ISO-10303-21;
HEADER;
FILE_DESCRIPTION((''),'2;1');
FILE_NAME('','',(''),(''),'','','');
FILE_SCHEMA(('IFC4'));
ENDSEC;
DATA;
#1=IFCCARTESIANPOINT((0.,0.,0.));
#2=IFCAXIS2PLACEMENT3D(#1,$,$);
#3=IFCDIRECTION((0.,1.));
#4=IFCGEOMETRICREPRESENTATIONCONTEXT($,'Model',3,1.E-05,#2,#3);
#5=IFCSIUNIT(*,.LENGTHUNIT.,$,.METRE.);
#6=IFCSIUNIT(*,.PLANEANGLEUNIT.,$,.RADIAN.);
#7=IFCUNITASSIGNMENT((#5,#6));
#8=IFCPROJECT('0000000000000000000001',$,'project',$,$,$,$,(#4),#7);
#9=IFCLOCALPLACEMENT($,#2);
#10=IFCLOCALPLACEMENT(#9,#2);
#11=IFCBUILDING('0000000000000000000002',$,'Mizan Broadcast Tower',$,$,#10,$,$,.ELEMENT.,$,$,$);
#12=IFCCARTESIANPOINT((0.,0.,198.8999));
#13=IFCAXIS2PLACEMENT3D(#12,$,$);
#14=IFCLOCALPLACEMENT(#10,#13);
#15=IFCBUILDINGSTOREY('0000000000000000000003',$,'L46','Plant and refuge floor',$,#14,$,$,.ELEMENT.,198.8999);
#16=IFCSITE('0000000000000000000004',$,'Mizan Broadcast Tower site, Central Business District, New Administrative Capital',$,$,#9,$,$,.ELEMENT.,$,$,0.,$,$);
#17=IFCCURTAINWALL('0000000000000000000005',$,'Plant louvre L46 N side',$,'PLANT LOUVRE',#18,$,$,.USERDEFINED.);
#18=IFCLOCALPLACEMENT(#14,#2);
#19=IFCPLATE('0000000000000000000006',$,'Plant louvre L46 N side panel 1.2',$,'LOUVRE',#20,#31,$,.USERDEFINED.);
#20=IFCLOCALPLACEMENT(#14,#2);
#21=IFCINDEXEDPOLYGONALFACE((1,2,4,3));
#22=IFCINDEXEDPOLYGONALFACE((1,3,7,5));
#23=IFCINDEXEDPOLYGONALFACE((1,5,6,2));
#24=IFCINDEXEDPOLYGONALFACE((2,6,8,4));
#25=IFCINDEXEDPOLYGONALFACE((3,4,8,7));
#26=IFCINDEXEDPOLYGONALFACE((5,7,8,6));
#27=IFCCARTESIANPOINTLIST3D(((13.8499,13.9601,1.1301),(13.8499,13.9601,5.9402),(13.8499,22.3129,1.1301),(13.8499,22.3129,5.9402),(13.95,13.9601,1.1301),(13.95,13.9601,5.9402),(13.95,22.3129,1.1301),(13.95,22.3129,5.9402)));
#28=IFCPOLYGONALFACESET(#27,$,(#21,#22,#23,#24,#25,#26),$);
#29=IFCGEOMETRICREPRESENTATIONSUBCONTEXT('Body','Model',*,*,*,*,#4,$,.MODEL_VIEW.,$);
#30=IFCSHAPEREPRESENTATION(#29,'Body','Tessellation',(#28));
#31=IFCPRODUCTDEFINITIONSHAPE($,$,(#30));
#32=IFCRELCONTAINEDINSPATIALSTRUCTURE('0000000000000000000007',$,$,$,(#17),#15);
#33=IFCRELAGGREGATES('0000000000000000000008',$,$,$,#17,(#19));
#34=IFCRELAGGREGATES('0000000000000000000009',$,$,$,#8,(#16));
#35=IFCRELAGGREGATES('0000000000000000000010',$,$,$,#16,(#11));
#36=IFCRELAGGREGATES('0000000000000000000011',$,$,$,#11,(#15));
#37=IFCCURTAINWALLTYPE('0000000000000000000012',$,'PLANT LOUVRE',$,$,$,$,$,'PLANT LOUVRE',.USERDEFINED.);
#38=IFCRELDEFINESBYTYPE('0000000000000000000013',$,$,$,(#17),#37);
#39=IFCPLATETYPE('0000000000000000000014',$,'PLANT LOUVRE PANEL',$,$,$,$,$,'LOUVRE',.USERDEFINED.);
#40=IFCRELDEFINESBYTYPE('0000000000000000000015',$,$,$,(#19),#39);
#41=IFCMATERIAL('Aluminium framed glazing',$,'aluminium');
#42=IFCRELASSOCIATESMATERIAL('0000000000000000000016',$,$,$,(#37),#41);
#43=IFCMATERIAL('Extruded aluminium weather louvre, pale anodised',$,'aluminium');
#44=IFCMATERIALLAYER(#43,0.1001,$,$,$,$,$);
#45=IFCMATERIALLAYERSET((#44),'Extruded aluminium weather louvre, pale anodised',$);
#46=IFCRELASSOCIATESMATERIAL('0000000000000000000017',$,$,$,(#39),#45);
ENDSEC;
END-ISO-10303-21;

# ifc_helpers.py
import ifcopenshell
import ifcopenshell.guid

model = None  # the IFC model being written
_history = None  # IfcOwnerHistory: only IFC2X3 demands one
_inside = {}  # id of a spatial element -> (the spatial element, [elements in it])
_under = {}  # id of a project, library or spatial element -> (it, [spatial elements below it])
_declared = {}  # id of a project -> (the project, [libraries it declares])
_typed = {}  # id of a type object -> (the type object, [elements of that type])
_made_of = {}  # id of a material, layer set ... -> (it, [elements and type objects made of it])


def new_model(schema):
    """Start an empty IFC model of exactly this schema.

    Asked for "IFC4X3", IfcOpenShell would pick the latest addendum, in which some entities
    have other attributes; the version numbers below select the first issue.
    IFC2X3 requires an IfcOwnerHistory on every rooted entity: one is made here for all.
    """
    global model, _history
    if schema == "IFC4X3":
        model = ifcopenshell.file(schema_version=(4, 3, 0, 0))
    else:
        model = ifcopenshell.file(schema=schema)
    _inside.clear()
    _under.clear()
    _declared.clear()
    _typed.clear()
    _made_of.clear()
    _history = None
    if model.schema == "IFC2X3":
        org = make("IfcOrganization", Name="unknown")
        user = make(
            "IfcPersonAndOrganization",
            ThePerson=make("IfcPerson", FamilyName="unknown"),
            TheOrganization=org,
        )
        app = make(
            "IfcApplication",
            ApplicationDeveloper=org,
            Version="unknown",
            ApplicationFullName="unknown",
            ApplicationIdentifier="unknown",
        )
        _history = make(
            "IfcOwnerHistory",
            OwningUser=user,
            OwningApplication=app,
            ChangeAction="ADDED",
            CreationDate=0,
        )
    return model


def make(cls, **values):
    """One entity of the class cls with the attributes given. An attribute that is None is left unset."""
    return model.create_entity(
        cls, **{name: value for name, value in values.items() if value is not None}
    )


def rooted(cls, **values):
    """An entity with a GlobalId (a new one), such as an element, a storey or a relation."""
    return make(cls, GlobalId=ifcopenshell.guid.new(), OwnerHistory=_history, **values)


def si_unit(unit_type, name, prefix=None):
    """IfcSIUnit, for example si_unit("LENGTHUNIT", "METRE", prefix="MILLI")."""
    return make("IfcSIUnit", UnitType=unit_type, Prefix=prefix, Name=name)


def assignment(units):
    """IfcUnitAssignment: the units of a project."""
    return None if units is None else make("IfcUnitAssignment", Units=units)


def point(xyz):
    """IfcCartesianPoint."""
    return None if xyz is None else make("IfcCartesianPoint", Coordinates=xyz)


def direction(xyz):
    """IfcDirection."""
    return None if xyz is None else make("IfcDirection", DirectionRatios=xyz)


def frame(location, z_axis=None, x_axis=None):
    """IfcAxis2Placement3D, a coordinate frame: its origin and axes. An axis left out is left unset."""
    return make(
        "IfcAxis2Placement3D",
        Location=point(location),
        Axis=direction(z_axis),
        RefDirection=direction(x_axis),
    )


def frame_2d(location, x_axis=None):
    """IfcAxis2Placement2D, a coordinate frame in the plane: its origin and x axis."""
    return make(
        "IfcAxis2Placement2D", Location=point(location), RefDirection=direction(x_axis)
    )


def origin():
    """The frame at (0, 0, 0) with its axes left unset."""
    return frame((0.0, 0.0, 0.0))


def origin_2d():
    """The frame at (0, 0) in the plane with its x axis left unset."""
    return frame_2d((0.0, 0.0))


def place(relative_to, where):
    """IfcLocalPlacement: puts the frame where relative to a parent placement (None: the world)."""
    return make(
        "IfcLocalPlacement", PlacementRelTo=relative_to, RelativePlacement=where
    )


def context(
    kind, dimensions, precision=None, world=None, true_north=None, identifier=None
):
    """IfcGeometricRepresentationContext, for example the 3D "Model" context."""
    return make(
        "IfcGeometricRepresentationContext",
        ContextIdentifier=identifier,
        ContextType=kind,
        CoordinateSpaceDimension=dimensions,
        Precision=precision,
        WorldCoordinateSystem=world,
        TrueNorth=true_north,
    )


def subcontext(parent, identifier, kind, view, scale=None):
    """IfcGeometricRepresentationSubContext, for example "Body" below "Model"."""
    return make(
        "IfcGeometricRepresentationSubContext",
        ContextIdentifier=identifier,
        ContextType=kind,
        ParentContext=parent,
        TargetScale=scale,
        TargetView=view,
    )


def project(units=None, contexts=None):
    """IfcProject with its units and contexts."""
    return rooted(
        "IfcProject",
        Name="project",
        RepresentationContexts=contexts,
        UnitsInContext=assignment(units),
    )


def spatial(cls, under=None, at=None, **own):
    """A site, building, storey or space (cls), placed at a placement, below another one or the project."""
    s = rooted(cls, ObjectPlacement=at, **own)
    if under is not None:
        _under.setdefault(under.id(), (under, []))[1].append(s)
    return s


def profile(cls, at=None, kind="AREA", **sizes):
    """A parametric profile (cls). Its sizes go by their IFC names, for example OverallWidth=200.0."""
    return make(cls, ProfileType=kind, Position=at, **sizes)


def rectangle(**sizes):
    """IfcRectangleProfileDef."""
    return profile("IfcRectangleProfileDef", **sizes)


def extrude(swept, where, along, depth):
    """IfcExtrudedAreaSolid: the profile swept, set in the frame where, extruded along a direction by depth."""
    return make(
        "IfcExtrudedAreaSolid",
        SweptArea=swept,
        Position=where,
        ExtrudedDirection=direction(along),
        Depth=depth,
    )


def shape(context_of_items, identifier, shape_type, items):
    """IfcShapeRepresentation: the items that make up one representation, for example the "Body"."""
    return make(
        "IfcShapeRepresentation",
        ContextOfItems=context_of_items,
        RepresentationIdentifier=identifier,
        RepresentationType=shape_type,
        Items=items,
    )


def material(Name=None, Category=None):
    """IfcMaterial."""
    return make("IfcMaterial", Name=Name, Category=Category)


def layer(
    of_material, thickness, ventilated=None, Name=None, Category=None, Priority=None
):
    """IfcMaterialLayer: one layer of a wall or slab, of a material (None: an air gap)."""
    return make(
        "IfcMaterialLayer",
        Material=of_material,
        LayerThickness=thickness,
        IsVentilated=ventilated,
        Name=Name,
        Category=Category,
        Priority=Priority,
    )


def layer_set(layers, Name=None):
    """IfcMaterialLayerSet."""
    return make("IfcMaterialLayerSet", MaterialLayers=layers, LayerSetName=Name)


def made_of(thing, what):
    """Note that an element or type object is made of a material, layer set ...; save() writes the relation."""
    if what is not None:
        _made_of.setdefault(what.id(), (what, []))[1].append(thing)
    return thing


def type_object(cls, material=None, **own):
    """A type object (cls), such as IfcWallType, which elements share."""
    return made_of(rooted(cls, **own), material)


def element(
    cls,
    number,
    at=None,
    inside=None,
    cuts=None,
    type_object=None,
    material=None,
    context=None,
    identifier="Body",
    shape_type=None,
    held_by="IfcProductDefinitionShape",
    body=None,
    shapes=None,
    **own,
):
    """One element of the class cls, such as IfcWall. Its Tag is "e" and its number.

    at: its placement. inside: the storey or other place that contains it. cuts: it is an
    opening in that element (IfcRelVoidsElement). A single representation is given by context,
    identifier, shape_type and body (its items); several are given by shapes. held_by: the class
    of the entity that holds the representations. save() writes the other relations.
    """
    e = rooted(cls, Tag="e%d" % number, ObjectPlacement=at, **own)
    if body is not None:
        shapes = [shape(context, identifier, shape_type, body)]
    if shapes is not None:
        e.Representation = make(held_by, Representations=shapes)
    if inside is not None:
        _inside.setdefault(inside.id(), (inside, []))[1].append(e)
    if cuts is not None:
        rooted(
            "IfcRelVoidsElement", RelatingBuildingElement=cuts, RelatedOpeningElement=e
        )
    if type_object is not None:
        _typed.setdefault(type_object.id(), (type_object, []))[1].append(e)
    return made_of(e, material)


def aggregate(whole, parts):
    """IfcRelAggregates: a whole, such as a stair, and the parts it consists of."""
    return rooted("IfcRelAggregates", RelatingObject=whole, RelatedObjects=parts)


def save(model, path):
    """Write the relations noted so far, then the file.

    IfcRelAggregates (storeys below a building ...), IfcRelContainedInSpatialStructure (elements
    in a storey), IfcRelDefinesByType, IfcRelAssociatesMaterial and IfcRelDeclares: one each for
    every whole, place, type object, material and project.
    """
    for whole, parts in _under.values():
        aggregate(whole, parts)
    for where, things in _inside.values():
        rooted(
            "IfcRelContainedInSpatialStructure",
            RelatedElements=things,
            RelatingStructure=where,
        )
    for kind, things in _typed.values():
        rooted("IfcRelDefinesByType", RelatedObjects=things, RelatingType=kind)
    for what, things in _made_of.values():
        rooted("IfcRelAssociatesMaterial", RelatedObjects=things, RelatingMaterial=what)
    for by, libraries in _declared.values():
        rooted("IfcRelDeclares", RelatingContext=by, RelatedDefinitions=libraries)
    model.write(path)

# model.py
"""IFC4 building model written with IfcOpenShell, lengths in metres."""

from ifc_helpers import new_model, si_unit, direction, frame, origin, origin_2d, place, context, subcontext, project, spatial, rectangle, extrude, material, layer, layer_set, type_object, element, aggregate, save


model = new_model("IFC4")

# Units and contexts
model_context = context("Model", 3, precision=1e-05, world=origin(), true_north=direction((0.0, 1.0)))
body_context = subcontext(model_context, "Body", "Model", "MODEL_VIEW")
ifc_project = project(units=[si_unit("LENGTHUNIT", "METRE"), si_unit("PLANEANGLEUNIT", "RADIAN")], contexts=[model_context])

# Site, building, storey
site_placement = place(None, origin())
site = spatial("IfcSite", under=ifc_project, at=site_placement, Name="Mizan Broadcast Tower site, Central Business District, New Administrative Capital", CompositionType="ELEMENT", RefElevation=0.0)
building_placement = place(site_placement, origin())
building = spatial("IfcBuilding", under=site, at=building_placement, Name="Mizan Broadcast Tower", CompositionType="ELEMENT")
storey_placement = place(building_placement, frame((0.0, 0.0, 198.8999)))
storey = spatial("IfcBuildingStorey", under=building, at=storey_placement, Name="L46", Description="Plant and refuge floor", CompositionType="ELEMENT", Elevation=198.8999)

# Shared definitions
ifc_material_1 = material(Name="Aluminium framed glazing", Category="aluminium")
curtain_wall_type = type_object("IfcCurtainWallType", Name="PLANT LOUVRE", ElementType="PLANT LOUVRE", PredefinedType="USERDEFINED", material=ifc_material_1)

# Curtain wall
curtain_wall_1_placement = place(storey_placement, origin())
curtain_wall_1 = element("IfcCurtainWall", 1, at=curtain_wall_1_placement, inside=storey, type_object=curtain_wall_type, Name="Plant louvre L46 N side", ObjectType="PLANT LOUVRE", PredefinedType="USERDEFINED")

# Plate
ifc_material_2 = material(Name="Extruded aluminium weather louvre, pale anodised", Category="aluminium")
ifc_layer = layer(ifc_material_2, 0.1001)
ifc_layer_set = layer_set([ifc_layer], Name="Extruded aluminium weather louvre, pale anodised")
plate_type = type_object("IfcPlateType", Name="PLANT LOUVRE PANEL", ElementType="LOUVRE", PredefinedType="USERDEFINED", material=ifc_layer_set)
plate_1_placement = place(storey_placement, frame((13.8999, 18.1365, 1.1301), z_axis=(0.0, 0.0, 1.0), x_axis=(0.0, 1.0, 0.0)))
plate_1 = element("IfcPlate", 2, at=plate_1_placement, type_object=plate_type, Name="Plant louvre L46 N side panel 1.2", ObjectType="LOUVRE", PredefinedType="USERDEFINED", context=body_context, shape_type="SweptSolid", body=[
    extrude(rectangle(XDim=8.3528, YDim=0.1001, at=origin_2d()), origin(), (0.0, 0.0, 1.0), 4.8101),
])
aggregate(curtain_wall_1, [plate_1])

save(model, "model.ifc")
